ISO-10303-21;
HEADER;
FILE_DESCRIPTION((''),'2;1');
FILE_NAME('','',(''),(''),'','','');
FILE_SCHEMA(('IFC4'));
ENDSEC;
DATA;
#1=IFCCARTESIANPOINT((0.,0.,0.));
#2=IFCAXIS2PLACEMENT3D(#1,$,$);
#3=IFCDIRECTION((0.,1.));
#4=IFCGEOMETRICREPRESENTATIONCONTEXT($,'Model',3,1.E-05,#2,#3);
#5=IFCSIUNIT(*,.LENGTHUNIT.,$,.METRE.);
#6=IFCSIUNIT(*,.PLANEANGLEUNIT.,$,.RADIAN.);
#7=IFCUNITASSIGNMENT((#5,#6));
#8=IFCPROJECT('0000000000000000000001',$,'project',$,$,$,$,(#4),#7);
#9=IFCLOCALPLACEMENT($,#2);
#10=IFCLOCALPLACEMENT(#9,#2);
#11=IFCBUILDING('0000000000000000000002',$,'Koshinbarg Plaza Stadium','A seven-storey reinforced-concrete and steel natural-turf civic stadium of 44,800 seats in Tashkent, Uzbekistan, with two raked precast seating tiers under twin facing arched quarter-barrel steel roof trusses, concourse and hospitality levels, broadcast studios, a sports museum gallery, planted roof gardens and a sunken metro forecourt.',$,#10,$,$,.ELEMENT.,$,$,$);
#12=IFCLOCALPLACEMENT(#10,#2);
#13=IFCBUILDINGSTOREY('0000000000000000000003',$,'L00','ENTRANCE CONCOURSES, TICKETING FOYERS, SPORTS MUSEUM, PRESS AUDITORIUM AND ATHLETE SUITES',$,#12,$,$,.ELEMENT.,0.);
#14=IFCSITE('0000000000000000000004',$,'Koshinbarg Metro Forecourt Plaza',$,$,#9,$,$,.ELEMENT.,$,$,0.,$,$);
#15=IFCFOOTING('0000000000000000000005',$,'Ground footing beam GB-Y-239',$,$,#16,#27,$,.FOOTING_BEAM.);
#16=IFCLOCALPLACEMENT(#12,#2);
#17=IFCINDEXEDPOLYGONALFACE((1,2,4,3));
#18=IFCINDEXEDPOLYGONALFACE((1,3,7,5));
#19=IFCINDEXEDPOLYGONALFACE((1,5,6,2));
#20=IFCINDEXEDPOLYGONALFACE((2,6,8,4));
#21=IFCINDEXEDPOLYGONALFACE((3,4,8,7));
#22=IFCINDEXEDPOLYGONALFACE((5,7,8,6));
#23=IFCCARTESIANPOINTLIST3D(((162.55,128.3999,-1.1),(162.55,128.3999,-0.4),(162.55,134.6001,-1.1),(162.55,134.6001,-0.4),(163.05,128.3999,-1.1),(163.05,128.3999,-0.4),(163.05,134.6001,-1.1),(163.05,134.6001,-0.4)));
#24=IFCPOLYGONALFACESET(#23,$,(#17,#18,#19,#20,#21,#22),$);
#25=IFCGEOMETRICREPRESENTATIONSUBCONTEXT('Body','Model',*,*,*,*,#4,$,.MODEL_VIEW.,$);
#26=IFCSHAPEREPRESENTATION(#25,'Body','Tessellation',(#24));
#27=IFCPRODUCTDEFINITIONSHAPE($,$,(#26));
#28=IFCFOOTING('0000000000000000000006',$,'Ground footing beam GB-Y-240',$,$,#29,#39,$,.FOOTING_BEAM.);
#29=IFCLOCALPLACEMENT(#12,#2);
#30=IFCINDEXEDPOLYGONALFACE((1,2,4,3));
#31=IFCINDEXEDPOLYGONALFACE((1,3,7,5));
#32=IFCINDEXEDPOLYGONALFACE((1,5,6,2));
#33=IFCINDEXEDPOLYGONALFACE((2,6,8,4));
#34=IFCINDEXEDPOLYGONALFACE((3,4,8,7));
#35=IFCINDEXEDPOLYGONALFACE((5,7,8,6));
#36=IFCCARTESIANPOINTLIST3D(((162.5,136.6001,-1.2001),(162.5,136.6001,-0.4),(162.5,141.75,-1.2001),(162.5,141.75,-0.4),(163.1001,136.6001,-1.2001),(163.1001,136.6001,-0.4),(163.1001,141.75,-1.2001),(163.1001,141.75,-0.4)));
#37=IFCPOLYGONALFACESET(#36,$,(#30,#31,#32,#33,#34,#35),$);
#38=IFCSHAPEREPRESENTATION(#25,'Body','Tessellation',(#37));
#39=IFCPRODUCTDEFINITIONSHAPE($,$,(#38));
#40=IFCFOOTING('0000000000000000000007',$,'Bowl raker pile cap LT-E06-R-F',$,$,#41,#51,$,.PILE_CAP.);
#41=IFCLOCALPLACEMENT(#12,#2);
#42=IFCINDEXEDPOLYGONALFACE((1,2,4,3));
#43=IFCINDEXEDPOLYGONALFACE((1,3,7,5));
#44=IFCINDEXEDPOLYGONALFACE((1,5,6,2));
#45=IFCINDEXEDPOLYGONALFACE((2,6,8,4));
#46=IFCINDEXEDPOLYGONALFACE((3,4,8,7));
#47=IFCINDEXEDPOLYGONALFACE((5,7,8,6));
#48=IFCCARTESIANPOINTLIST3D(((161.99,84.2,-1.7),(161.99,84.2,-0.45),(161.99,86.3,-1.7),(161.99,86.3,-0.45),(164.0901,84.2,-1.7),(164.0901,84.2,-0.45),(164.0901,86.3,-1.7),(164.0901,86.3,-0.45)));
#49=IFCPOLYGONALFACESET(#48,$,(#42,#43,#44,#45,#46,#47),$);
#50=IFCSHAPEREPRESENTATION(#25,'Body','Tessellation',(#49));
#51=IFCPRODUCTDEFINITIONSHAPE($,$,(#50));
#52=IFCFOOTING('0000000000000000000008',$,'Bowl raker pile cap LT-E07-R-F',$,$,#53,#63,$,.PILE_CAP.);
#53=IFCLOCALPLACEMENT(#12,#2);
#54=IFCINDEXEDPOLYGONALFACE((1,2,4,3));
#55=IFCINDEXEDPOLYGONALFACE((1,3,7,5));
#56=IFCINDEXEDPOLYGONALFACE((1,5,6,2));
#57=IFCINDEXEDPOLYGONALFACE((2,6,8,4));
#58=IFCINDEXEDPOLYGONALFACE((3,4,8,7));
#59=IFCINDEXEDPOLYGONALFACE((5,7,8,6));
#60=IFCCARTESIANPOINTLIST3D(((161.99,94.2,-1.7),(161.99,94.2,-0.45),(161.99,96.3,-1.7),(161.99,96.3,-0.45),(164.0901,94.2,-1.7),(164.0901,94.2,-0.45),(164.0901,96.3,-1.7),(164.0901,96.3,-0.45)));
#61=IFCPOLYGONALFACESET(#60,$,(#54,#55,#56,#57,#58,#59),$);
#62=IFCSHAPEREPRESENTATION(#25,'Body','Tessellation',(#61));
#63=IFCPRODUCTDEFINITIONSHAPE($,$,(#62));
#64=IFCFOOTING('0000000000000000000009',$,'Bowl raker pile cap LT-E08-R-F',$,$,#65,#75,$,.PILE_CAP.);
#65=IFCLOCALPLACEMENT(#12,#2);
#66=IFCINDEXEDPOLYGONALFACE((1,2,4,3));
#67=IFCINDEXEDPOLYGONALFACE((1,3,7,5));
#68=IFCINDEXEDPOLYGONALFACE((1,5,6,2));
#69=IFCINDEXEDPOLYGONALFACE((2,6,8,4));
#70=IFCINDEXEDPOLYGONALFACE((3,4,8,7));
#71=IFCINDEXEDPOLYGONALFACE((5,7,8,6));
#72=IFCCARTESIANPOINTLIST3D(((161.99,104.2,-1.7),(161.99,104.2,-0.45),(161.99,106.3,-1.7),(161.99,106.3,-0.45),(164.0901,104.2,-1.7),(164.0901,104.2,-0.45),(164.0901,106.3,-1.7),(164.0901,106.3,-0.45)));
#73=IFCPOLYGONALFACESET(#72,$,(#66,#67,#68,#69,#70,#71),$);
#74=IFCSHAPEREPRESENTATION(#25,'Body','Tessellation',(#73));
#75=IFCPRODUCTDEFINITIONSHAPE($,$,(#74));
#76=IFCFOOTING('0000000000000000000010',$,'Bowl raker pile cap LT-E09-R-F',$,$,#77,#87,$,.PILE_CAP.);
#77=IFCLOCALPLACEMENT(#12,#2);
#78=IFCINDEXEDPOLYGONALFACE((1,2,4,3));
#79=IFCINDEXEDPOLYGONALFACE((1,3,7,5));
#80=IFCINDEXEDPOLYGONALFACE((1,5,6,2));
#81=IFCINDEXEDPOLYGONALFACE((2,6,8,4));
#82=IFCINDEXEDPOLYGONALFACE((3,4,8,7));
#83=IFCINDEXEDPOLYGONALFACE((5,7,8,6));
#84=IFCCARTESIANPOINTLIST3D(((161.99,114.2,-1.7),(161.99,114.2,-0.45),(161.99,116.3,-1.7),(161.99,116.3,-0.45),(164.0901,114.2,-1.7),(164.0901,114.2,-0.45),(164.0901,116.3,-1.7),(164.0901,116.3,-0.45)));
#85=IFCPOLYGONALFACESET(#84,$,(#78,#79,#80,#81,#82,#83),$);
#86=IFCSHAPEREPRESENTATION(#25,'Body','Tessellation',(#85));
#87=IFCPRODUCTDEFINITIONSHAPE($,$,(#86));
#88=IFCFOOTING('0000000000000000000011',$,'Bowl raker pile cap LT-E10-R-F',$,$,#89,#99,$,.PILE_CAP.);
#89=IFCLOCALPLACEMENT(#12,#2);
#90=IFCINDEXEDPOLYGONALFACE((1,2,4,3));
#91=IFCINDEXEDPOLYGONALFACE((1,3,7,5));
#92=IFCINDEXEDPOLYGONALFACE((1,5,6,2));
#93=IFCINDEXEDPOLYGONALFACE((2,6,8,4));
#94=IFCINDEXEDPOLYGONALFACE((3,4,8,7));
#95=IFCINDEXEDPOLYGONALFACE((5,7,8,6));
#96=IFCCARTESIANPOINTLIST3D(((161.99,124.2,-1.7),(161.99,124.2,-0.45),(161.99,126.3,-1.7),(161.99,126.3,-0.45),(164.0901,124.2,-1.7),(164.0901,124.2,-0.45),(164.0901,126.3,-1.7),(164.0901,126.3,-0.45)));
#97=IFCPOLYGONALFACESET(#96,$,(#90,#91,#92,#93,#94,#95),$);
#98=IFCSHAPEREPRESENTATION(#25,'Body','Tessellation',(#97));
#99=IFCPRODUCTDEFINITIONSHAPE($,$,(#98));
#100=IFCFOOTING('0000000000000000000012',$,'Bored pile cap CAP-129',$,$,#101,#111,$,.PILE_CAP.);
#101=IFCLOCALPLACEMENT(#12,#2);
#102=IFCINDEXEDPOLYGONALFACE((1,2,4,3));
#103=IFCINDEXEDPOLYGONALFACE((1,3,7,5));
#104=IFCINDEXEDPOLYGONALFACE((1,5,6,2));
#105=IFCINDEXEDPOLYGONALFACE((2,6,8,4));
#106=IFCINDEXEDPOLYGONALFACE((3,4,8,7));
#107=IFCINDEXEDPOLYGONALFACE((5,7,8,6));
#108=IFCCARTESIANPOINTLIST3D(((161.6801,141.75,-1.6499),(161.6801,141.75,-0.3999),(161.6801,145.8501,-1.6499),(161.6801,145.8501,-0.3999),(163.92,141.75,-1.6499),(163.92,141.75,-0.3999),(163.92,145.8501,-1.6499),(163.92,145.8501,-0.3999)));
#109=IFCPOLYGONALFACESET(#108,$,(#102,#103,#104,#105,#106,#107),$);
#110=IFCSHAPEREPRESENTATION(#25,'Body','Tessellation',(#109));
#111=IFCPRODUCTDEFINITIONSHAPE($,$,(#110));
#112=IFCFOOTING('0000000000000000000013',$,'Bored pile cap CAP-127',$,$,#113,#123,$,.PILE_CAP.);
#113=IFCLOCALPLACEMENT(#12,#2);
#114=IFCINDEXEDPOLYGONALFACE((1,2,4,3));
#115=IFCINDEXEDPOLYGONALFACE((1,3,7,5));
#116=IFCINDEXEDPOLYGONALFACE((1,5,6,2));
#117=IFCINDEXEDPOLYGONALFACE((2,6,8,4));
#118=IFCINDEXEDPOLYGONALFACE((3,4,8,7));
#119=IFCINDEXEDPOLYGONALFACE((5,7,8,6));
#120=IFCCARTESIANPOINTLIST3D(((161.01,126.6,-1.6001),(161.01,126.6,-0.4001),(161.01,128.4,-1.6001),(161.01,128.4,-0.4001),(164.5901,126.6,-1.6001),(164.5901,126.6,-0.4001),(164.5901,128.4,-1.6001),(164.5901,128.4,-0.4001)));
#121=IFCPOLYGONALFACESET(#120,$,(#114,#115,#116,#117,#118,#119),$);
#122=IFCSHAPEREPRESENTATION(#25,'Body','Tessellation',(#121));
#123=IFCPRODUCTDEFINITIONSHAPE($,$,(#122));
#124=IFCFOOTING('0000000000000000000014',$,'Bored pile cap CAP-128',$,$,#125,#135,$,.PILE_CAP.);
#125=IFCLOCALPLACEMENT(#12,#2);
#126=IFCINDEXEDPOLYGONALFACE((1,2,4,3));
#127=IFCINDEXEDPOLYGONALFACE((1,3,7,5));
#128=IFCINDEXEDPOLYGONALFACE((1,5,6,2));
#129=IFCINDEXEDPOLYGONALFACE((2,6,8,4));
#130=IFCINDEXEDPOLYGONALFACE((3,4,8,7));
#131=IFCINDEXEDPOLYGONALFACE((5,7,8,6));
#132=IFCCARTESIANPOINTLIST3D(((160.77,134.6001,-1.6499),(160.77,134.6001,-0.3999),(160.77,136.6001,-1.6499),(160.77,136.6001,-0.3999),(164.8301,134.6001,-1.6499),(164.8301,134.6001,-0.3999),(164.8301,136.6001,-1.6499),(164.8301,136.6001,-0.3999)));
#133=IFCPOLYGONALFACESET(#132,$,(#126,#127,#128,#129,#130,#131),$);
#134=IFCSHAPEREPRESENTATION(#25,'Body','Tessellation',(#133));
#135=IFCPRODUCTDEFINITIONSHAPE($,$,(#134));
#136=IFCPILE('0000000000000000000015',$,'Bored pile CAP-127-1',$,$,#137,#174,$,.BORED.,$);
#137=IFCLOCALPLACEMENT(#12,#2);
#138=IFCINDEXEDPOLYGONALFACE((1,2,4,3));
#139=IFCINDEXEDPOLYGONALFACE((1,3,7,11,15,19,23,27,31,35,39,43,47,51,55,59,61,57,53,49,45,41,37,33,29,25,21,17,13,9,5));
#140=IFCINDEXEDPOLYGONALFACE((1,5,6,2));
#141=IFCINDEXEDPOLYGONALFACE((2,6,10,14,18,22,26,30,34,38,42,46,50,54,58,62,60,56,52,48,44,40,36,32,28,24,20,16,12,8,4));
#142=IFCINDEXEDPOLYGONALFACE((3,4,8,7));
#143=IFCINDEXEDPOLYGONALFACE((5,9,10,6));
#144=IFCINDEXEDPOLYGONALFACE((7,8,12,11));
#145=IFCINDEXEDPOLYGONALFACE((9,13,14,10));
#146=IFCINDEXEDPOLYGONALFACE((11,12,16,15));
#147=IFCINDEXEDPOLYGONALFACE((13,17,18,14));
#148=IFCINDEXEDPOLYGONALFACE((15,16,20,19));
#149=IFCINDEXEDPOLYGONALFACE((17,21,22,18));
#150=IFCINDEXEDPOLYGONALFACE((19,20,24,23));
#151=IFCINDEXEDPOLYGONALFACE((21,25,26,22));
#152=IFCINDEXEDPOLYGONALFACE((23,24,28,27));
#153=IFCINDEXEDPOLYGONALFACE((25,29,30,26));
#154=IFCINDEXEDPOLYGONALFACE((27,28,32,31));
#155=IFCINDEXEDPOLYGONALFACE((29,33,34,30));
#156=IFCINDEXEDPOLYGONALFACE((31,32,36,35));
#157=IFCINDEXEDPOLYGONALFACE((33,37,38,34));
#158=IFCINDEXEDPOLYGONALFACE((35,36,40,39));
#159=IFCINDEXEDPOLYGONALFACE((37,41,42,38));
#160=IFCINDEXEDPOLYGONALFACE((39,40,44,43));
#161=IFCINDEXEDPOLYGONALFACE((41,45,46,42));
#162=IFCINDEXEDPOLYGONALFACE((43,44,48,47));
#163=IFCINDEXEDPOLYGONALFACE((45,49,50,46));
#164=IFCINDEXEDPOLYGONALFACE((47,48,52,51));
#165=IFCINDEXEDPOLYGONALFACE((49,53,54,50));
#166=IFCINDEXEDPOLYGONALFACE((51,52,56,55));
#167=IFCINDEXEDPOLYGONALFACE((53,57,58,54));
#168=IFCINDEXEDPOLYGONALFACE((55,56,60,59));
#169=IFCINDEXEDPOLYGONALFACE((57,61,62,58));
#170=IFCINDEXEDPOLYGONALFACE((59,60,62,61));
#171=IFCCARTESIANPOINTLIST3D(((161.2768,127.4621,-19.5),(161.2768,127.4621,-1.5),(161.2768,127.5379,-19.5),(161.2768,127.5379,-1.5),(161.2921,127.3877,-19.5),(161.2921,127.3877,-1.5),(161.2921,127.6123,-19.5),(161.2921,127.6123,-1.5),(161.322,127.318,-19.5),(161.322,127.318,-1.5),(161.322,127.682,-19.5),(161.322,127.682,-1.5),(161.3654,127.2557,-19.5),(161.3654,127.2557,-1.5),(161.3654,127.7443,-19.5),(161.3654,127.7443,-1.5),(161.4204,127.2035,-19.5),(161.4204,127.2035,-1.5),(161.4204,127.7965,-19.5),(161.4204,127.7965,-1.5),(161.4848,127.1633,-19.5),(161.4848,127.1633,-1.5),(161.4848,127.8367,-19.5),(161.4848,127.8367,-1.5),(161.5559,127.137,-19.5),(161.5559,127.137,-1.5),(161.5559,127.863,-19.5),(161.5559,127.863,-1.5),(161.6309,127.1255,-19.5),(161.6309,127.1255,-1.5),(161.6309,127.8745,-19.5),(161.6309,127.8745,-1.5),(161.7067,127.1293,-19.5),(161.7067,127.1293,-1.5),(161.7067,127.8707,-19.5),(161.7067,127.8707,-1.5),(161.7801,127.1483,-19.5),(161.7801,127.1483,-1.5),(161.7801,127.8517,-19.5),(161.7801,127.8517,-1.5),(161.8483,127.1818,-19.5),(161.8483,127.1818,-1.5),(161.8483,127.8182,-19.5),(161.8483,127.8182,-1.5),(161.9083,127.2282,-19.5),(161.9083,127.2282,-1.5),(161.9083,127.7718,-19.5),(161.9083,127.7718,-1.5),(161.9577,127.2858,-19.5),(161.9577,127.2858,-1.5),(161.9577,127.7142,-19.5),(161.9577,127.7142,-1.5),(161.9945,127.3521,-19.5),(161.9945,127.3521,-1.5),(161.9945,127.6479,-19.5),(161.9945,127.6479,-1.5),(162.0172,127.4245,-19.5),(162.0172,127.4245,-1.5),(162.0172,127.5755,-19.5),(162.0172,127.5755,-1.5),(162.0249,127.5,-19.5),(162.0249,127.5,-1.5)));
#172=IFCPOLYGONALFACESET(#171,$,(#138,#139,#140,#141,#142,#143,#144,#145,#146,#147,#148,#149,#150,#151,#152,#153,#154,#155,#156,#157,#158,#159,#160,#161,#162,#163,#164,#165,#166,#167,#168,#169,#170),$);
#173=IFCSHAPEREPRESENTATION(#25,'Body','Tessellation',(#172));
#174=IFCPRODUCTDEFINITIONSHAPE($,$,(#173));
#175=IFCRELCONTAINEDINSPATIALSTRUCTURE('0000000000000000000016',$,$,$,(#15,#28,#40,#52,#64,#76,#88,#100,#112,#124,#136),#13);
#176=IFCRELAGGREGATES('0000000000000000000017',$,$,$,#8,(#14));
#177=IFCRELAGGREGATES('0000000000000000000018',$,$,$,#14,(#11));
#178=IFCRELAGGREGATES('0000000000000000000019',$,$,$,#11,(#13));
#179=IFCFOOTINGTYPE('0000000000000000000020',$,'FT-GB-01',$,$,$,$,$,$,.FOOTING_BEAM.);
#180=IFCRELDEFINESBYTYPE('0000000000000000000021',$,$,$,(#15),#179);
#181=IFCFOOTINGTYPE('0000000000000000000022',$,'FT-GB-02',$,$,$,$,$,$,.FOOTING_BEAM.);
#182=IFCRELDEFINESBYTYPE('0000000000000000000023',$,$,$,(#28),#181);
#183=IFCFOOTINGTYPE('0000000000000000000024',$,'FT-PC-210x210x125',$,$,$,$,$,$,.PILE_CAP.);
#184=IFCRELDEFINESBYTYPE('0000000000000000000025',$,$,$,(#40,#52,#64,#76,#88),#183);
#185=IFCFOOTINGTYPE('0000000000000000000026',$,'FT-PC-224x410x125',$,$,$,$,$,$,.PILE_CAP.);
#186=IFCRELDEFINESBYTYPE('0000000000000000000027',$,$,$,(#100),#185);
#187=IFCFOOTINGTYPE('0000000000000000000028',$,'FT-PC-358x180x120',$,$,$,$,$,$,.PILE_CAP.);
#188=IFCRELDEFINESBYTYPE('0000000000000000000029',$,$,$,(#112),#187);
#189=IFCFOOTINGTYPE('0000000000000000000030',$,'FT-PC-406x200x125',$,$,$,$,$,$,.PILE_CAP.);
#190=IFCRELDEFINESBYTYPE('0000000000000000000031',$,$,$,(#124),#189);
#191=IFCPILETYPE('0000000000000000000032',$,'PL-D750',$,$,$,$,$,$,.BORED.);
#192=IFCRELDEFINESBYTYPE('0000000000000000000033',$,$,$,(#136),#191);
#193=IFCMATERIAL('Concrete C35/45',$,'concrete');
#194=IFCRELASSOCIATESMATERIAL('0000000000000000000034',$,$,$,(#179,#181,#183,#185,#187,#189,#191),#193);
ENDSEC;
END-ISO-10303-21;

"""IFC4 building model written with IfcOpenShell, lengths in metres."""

from ifc_helpers import new_model, si_unit, direction, frame, origin, origin_2d, place, context, subcontext, project, spatial, rectangle, circle, extrude, material, material_profile, profile_set, type_object, element, save


model = new_model("IFC4")

# Units and contexts
model_context = context("Model", 3, precision=1e-05, world=origin(), true_north=direction((0.0, 1.0)))
body_context = subcontext(model_context, "Body", "Model", "MODEL_VIEW")
ifc_project = project(units=[si_unit("LENGTHUNIT", "METRE"), si_unit("PLANEANGLEUNIT", "RADIAN")], contexts=[model_context])

# Site, building, storey
site_placement = place(None, origin())
site = spatial("IfcSite", under=ifc_project, at=site_placement, Name="Koshinbarg Metro Forecourt Plaza", CompositionType="ELEMENT", RefElevation=0.0)
building_placement = place(site_placement, origin())
building = spatial("IfcBuilding", under=site, at=building_placement, Name="Koshinbarg Plaza Stadium", Description="A seven-storey reinforced-concrete and steel natural-turf civic stadium of 44,800 seats in Tashkent, Uzbekistan, with two raked precast seating tiers under twin facing arched quarter-barrel steel roof trusses, concourse and hospitality levels, broadcast studios, a sports museum gallery, planted roof gardens and a sunken metro forecourt.", CompositionType="ELEMENT")
storey_placement = place(building_placement, origin())
storey = spatial("IfcBuildingStorey", under=building, at=storey_placement, Name="L00", Description="ENTRANCE CONCOURSES, TICKETING FOYERS, SPORTS MUSEUM, PRESS AUDITORIUM AND ATHLETE SUITES", CompositionType="ELEMENT", Elevation=0.0)

# Footings
ifc_material_1 = material(Name="Concrete C35/45", Category="concrete")
ifc_material_profile_1 = material_profile(ifc_material_1, rectangle(XDim=0.5, YDim=0.7, at=origin_2d()), Name="GB 500x700")
ifc_profile_set_1 = profile_set([ifc_material_profile_1], Name="Concrete C35/45")
footing_type_1 = type_object("IfcFootingType", Name="FT-GB-01", PredefinedType="FOOTING_BEAM", material=ifc_profile_set_1)
footing_1_placement = place(storey_placement, frame((162.8, 128.3999, -0.75), z_axis=(0.0, 1.0, 0.0), x_axis=(-1.0, 0.0, 0.0)))
element("IfcFooting", 1, at=footing_1_placement, inside=storey, type_object=footing_type_1, Name="Ground footing beam GB-Y-239", PredefinedType="FOOTING_BEAM", context=body_context, shape_type="SweptSolid", body=[
    extrude(rectangle(XDim=0.5, YDim=0.7, at=origin_2d()), origin(), (0.0, 0.0, 1.0), 6.2002),
])
ifc_material_profile_2 = material_profile(ifc_material_1, rectangle(XDim=0.6001, YDim=0.8, at=origin_2d()), Name="GB 600x800")
ifc_profile_set_2 = profile_set([ifc_material_profile_2], Name="Concrete C35/45")
footing_type_2 = type_object("IfcFootingType", Name="FT-GB-02", PredefinedType="FOOTING_BEAM", material=ifc_profile_set_2)
footing_2_placement = place(storey_placement, frame((162.8, 136.6001, -0.8), z_axis=(0.0, 1.0, 0.0), x_axis=(-1.0, 0.0, 0.0)))
element("IfcFooting", 2, at=footing_2_placement, inside=storey, type_object=footing_type_2, Name="Ground footing beam GB-Y-240", PredefinedType="FOOTING_BEAM", context=body_context, shape_type="SweptSolid", body=[
    extrude(rectangle(XDim=0.6001, YDim=0.8, at=origin_2d()), origin(), (0.0, 0.0, 1.0), 5.1499),
])
footing_type_3 = type_object("IfcFootingType", Name="FT-PC-210x210x125", PredefinedType="PILE_CAP", material=ifc_material_1)
for number, where, z_axis, x_axis, name in (
    (3, (163.04, 85.25, -1.7), (0.0, 0.0, 1.0), (1.0, 0.0, 0.0), "Bowl raker pile cap LT-E06-R-F"),
    (4, (163.04, 95.25, -1.7), (0.0, 0.0, 1.0), (1.0, 0.0, 0.0), "Bowl raker pile cap LT-E07-R-F"),
    (5, (163.04, 105.25, -1.7), (0.0, 0.0, 1.0), (1.0, 0.0, 0.0), "Bowl raker pile cap LT-E08-R-F"),
    (6, (163.04, 115.25, -1.7), (0.0, 0.0, 1.0), (1.0, 0.0, 0.0), "Bowl raker pile cap LT-E09-R-F"),
    (7, (163.04, 125.25, -1.7), (0.0, 0.0, 1.0), (1.0, 0.0, 0.0), "Bowl raker pile cap LT-E10-R-F"),
):
    element("IfcFooting", number, at=place(storey_placement, frame(where, z_axis=z_axis, x_axis=x_axis)), inside=storey, type_object=footing_type_3, Name=name, PredefinedType="PILE_CAP", context=body_context, shape_type="SweptSolid", body=[
        extrude(rectangle(XDim=2.1001, YDim=2.1001, at=origin_2d()), origin(), (0.0, 0.0, 1.0), 1.25),
    ])
footing_type_4 = type_object("IfcFootingType", Name="FT-PC-224x410x125", PredefinedType="PILE_CAP", material=ifc_material_1)
footing_3_placement = place(storey_placement, frame((162.8, 143.8, -1.6499), z_axis=(0.0, 0.0, 1.0), x_axis=(1.0, 0.0, 0.0)))
element("IfcFooting", 8, at=footing_3_placement, inside=storey, type_object=footing_type_4, Name="Bored pile cap CAP-129", PredefinedType="PILE_CAP", context=body_context, shape_type="SweptSolid", body=[
    extrude(rectangle(XDim=2.24, YDim=4.1001, at=origin_2d()), origin(), (0.0, 0.0, 1.0), 1.25),
])
footing_type_5 = type_object("IfcFootingType", Name="FT-PC-358x180x120", PredefinedType="PILE_CAP", material=ifc_material_1)
footing_4_placement = place(storey_placement, frame((162.8, 127.5, -1.6001), z_axis=(0.0, 0.0, 1.0), x_axis=(1.0, 0.0, 0.0)))
element("IfcFooting", 9, at=footing_4_placement, inside=storey, type_object=footing_type_5, Name="Bored pile cap CAP-127", PredefinedType="PILE_CAP", context=body_context, shape_type="SweptSolid", body=[
    extrude(rectangle(XDim=3.5801, YDim=1.8, at=origin_2d()), origin(), (0.0, 0.0, 1.0), 1.2),
])
footing_type_6 = type_object("IfcFootingType", Name="FT-PC-406x200x125", PredefinedType="PILE_CAP", material=ifc_material_1)
footing_5_placement = place(storey_placement, frame((162.8, 135.6001, -1.6499), z_axis=(0.0, 0.0, 1.0), x_axis=(1.0, 0.0, 0.0)))
element("IfcFooting", 10, at=footing_5_placement, inside=storey, type_object=footing_type_6, Name="Bored pile cap CAP-128", PredefinedType="PILE_CAP", context=body_context, shape_type="SweptSolid", body=[
    extrude(rectangle(XDim=4.0601, YDim=2.0, at=origin_2d()), origin(), (0.0, 0.0, 1.0), 1.25),
])

# Pile
ifc_material_profile_3 = material_profile(ifc_material_1, circle(Radius=0.375, at=origin_2d()), Name="PILE D750")
ifc_profile_set_3 = profile_set([ifc_material_profile_3], Name="Concrete C35/45")
pile_type_1 = type_object("IfcPileType", Name="PL-D750", PredefinedType="BORED", material=ifc_profile_set_3)
pile_1_placement = place(storey_placement, frame((161.6499, 127.5, -1.5), z_axis=(0.0, 0.0, -1.0), x_axis=(1.0, 0.0, 0.0)))
element("IfcPile", 11, at=pile_1_placement, inside=storey, type_object=pile_type_1, Name="Bored pile CAP-127-1", PredefinedType="BORED", context=body_context, shape_type="SweptSolid", body=[
    extrude(circle(Radius=0.375, at=origin_2d()), origin(), (0.0, 0.0, 1.0), 18.0),
])

save(model, "model.ifc")
